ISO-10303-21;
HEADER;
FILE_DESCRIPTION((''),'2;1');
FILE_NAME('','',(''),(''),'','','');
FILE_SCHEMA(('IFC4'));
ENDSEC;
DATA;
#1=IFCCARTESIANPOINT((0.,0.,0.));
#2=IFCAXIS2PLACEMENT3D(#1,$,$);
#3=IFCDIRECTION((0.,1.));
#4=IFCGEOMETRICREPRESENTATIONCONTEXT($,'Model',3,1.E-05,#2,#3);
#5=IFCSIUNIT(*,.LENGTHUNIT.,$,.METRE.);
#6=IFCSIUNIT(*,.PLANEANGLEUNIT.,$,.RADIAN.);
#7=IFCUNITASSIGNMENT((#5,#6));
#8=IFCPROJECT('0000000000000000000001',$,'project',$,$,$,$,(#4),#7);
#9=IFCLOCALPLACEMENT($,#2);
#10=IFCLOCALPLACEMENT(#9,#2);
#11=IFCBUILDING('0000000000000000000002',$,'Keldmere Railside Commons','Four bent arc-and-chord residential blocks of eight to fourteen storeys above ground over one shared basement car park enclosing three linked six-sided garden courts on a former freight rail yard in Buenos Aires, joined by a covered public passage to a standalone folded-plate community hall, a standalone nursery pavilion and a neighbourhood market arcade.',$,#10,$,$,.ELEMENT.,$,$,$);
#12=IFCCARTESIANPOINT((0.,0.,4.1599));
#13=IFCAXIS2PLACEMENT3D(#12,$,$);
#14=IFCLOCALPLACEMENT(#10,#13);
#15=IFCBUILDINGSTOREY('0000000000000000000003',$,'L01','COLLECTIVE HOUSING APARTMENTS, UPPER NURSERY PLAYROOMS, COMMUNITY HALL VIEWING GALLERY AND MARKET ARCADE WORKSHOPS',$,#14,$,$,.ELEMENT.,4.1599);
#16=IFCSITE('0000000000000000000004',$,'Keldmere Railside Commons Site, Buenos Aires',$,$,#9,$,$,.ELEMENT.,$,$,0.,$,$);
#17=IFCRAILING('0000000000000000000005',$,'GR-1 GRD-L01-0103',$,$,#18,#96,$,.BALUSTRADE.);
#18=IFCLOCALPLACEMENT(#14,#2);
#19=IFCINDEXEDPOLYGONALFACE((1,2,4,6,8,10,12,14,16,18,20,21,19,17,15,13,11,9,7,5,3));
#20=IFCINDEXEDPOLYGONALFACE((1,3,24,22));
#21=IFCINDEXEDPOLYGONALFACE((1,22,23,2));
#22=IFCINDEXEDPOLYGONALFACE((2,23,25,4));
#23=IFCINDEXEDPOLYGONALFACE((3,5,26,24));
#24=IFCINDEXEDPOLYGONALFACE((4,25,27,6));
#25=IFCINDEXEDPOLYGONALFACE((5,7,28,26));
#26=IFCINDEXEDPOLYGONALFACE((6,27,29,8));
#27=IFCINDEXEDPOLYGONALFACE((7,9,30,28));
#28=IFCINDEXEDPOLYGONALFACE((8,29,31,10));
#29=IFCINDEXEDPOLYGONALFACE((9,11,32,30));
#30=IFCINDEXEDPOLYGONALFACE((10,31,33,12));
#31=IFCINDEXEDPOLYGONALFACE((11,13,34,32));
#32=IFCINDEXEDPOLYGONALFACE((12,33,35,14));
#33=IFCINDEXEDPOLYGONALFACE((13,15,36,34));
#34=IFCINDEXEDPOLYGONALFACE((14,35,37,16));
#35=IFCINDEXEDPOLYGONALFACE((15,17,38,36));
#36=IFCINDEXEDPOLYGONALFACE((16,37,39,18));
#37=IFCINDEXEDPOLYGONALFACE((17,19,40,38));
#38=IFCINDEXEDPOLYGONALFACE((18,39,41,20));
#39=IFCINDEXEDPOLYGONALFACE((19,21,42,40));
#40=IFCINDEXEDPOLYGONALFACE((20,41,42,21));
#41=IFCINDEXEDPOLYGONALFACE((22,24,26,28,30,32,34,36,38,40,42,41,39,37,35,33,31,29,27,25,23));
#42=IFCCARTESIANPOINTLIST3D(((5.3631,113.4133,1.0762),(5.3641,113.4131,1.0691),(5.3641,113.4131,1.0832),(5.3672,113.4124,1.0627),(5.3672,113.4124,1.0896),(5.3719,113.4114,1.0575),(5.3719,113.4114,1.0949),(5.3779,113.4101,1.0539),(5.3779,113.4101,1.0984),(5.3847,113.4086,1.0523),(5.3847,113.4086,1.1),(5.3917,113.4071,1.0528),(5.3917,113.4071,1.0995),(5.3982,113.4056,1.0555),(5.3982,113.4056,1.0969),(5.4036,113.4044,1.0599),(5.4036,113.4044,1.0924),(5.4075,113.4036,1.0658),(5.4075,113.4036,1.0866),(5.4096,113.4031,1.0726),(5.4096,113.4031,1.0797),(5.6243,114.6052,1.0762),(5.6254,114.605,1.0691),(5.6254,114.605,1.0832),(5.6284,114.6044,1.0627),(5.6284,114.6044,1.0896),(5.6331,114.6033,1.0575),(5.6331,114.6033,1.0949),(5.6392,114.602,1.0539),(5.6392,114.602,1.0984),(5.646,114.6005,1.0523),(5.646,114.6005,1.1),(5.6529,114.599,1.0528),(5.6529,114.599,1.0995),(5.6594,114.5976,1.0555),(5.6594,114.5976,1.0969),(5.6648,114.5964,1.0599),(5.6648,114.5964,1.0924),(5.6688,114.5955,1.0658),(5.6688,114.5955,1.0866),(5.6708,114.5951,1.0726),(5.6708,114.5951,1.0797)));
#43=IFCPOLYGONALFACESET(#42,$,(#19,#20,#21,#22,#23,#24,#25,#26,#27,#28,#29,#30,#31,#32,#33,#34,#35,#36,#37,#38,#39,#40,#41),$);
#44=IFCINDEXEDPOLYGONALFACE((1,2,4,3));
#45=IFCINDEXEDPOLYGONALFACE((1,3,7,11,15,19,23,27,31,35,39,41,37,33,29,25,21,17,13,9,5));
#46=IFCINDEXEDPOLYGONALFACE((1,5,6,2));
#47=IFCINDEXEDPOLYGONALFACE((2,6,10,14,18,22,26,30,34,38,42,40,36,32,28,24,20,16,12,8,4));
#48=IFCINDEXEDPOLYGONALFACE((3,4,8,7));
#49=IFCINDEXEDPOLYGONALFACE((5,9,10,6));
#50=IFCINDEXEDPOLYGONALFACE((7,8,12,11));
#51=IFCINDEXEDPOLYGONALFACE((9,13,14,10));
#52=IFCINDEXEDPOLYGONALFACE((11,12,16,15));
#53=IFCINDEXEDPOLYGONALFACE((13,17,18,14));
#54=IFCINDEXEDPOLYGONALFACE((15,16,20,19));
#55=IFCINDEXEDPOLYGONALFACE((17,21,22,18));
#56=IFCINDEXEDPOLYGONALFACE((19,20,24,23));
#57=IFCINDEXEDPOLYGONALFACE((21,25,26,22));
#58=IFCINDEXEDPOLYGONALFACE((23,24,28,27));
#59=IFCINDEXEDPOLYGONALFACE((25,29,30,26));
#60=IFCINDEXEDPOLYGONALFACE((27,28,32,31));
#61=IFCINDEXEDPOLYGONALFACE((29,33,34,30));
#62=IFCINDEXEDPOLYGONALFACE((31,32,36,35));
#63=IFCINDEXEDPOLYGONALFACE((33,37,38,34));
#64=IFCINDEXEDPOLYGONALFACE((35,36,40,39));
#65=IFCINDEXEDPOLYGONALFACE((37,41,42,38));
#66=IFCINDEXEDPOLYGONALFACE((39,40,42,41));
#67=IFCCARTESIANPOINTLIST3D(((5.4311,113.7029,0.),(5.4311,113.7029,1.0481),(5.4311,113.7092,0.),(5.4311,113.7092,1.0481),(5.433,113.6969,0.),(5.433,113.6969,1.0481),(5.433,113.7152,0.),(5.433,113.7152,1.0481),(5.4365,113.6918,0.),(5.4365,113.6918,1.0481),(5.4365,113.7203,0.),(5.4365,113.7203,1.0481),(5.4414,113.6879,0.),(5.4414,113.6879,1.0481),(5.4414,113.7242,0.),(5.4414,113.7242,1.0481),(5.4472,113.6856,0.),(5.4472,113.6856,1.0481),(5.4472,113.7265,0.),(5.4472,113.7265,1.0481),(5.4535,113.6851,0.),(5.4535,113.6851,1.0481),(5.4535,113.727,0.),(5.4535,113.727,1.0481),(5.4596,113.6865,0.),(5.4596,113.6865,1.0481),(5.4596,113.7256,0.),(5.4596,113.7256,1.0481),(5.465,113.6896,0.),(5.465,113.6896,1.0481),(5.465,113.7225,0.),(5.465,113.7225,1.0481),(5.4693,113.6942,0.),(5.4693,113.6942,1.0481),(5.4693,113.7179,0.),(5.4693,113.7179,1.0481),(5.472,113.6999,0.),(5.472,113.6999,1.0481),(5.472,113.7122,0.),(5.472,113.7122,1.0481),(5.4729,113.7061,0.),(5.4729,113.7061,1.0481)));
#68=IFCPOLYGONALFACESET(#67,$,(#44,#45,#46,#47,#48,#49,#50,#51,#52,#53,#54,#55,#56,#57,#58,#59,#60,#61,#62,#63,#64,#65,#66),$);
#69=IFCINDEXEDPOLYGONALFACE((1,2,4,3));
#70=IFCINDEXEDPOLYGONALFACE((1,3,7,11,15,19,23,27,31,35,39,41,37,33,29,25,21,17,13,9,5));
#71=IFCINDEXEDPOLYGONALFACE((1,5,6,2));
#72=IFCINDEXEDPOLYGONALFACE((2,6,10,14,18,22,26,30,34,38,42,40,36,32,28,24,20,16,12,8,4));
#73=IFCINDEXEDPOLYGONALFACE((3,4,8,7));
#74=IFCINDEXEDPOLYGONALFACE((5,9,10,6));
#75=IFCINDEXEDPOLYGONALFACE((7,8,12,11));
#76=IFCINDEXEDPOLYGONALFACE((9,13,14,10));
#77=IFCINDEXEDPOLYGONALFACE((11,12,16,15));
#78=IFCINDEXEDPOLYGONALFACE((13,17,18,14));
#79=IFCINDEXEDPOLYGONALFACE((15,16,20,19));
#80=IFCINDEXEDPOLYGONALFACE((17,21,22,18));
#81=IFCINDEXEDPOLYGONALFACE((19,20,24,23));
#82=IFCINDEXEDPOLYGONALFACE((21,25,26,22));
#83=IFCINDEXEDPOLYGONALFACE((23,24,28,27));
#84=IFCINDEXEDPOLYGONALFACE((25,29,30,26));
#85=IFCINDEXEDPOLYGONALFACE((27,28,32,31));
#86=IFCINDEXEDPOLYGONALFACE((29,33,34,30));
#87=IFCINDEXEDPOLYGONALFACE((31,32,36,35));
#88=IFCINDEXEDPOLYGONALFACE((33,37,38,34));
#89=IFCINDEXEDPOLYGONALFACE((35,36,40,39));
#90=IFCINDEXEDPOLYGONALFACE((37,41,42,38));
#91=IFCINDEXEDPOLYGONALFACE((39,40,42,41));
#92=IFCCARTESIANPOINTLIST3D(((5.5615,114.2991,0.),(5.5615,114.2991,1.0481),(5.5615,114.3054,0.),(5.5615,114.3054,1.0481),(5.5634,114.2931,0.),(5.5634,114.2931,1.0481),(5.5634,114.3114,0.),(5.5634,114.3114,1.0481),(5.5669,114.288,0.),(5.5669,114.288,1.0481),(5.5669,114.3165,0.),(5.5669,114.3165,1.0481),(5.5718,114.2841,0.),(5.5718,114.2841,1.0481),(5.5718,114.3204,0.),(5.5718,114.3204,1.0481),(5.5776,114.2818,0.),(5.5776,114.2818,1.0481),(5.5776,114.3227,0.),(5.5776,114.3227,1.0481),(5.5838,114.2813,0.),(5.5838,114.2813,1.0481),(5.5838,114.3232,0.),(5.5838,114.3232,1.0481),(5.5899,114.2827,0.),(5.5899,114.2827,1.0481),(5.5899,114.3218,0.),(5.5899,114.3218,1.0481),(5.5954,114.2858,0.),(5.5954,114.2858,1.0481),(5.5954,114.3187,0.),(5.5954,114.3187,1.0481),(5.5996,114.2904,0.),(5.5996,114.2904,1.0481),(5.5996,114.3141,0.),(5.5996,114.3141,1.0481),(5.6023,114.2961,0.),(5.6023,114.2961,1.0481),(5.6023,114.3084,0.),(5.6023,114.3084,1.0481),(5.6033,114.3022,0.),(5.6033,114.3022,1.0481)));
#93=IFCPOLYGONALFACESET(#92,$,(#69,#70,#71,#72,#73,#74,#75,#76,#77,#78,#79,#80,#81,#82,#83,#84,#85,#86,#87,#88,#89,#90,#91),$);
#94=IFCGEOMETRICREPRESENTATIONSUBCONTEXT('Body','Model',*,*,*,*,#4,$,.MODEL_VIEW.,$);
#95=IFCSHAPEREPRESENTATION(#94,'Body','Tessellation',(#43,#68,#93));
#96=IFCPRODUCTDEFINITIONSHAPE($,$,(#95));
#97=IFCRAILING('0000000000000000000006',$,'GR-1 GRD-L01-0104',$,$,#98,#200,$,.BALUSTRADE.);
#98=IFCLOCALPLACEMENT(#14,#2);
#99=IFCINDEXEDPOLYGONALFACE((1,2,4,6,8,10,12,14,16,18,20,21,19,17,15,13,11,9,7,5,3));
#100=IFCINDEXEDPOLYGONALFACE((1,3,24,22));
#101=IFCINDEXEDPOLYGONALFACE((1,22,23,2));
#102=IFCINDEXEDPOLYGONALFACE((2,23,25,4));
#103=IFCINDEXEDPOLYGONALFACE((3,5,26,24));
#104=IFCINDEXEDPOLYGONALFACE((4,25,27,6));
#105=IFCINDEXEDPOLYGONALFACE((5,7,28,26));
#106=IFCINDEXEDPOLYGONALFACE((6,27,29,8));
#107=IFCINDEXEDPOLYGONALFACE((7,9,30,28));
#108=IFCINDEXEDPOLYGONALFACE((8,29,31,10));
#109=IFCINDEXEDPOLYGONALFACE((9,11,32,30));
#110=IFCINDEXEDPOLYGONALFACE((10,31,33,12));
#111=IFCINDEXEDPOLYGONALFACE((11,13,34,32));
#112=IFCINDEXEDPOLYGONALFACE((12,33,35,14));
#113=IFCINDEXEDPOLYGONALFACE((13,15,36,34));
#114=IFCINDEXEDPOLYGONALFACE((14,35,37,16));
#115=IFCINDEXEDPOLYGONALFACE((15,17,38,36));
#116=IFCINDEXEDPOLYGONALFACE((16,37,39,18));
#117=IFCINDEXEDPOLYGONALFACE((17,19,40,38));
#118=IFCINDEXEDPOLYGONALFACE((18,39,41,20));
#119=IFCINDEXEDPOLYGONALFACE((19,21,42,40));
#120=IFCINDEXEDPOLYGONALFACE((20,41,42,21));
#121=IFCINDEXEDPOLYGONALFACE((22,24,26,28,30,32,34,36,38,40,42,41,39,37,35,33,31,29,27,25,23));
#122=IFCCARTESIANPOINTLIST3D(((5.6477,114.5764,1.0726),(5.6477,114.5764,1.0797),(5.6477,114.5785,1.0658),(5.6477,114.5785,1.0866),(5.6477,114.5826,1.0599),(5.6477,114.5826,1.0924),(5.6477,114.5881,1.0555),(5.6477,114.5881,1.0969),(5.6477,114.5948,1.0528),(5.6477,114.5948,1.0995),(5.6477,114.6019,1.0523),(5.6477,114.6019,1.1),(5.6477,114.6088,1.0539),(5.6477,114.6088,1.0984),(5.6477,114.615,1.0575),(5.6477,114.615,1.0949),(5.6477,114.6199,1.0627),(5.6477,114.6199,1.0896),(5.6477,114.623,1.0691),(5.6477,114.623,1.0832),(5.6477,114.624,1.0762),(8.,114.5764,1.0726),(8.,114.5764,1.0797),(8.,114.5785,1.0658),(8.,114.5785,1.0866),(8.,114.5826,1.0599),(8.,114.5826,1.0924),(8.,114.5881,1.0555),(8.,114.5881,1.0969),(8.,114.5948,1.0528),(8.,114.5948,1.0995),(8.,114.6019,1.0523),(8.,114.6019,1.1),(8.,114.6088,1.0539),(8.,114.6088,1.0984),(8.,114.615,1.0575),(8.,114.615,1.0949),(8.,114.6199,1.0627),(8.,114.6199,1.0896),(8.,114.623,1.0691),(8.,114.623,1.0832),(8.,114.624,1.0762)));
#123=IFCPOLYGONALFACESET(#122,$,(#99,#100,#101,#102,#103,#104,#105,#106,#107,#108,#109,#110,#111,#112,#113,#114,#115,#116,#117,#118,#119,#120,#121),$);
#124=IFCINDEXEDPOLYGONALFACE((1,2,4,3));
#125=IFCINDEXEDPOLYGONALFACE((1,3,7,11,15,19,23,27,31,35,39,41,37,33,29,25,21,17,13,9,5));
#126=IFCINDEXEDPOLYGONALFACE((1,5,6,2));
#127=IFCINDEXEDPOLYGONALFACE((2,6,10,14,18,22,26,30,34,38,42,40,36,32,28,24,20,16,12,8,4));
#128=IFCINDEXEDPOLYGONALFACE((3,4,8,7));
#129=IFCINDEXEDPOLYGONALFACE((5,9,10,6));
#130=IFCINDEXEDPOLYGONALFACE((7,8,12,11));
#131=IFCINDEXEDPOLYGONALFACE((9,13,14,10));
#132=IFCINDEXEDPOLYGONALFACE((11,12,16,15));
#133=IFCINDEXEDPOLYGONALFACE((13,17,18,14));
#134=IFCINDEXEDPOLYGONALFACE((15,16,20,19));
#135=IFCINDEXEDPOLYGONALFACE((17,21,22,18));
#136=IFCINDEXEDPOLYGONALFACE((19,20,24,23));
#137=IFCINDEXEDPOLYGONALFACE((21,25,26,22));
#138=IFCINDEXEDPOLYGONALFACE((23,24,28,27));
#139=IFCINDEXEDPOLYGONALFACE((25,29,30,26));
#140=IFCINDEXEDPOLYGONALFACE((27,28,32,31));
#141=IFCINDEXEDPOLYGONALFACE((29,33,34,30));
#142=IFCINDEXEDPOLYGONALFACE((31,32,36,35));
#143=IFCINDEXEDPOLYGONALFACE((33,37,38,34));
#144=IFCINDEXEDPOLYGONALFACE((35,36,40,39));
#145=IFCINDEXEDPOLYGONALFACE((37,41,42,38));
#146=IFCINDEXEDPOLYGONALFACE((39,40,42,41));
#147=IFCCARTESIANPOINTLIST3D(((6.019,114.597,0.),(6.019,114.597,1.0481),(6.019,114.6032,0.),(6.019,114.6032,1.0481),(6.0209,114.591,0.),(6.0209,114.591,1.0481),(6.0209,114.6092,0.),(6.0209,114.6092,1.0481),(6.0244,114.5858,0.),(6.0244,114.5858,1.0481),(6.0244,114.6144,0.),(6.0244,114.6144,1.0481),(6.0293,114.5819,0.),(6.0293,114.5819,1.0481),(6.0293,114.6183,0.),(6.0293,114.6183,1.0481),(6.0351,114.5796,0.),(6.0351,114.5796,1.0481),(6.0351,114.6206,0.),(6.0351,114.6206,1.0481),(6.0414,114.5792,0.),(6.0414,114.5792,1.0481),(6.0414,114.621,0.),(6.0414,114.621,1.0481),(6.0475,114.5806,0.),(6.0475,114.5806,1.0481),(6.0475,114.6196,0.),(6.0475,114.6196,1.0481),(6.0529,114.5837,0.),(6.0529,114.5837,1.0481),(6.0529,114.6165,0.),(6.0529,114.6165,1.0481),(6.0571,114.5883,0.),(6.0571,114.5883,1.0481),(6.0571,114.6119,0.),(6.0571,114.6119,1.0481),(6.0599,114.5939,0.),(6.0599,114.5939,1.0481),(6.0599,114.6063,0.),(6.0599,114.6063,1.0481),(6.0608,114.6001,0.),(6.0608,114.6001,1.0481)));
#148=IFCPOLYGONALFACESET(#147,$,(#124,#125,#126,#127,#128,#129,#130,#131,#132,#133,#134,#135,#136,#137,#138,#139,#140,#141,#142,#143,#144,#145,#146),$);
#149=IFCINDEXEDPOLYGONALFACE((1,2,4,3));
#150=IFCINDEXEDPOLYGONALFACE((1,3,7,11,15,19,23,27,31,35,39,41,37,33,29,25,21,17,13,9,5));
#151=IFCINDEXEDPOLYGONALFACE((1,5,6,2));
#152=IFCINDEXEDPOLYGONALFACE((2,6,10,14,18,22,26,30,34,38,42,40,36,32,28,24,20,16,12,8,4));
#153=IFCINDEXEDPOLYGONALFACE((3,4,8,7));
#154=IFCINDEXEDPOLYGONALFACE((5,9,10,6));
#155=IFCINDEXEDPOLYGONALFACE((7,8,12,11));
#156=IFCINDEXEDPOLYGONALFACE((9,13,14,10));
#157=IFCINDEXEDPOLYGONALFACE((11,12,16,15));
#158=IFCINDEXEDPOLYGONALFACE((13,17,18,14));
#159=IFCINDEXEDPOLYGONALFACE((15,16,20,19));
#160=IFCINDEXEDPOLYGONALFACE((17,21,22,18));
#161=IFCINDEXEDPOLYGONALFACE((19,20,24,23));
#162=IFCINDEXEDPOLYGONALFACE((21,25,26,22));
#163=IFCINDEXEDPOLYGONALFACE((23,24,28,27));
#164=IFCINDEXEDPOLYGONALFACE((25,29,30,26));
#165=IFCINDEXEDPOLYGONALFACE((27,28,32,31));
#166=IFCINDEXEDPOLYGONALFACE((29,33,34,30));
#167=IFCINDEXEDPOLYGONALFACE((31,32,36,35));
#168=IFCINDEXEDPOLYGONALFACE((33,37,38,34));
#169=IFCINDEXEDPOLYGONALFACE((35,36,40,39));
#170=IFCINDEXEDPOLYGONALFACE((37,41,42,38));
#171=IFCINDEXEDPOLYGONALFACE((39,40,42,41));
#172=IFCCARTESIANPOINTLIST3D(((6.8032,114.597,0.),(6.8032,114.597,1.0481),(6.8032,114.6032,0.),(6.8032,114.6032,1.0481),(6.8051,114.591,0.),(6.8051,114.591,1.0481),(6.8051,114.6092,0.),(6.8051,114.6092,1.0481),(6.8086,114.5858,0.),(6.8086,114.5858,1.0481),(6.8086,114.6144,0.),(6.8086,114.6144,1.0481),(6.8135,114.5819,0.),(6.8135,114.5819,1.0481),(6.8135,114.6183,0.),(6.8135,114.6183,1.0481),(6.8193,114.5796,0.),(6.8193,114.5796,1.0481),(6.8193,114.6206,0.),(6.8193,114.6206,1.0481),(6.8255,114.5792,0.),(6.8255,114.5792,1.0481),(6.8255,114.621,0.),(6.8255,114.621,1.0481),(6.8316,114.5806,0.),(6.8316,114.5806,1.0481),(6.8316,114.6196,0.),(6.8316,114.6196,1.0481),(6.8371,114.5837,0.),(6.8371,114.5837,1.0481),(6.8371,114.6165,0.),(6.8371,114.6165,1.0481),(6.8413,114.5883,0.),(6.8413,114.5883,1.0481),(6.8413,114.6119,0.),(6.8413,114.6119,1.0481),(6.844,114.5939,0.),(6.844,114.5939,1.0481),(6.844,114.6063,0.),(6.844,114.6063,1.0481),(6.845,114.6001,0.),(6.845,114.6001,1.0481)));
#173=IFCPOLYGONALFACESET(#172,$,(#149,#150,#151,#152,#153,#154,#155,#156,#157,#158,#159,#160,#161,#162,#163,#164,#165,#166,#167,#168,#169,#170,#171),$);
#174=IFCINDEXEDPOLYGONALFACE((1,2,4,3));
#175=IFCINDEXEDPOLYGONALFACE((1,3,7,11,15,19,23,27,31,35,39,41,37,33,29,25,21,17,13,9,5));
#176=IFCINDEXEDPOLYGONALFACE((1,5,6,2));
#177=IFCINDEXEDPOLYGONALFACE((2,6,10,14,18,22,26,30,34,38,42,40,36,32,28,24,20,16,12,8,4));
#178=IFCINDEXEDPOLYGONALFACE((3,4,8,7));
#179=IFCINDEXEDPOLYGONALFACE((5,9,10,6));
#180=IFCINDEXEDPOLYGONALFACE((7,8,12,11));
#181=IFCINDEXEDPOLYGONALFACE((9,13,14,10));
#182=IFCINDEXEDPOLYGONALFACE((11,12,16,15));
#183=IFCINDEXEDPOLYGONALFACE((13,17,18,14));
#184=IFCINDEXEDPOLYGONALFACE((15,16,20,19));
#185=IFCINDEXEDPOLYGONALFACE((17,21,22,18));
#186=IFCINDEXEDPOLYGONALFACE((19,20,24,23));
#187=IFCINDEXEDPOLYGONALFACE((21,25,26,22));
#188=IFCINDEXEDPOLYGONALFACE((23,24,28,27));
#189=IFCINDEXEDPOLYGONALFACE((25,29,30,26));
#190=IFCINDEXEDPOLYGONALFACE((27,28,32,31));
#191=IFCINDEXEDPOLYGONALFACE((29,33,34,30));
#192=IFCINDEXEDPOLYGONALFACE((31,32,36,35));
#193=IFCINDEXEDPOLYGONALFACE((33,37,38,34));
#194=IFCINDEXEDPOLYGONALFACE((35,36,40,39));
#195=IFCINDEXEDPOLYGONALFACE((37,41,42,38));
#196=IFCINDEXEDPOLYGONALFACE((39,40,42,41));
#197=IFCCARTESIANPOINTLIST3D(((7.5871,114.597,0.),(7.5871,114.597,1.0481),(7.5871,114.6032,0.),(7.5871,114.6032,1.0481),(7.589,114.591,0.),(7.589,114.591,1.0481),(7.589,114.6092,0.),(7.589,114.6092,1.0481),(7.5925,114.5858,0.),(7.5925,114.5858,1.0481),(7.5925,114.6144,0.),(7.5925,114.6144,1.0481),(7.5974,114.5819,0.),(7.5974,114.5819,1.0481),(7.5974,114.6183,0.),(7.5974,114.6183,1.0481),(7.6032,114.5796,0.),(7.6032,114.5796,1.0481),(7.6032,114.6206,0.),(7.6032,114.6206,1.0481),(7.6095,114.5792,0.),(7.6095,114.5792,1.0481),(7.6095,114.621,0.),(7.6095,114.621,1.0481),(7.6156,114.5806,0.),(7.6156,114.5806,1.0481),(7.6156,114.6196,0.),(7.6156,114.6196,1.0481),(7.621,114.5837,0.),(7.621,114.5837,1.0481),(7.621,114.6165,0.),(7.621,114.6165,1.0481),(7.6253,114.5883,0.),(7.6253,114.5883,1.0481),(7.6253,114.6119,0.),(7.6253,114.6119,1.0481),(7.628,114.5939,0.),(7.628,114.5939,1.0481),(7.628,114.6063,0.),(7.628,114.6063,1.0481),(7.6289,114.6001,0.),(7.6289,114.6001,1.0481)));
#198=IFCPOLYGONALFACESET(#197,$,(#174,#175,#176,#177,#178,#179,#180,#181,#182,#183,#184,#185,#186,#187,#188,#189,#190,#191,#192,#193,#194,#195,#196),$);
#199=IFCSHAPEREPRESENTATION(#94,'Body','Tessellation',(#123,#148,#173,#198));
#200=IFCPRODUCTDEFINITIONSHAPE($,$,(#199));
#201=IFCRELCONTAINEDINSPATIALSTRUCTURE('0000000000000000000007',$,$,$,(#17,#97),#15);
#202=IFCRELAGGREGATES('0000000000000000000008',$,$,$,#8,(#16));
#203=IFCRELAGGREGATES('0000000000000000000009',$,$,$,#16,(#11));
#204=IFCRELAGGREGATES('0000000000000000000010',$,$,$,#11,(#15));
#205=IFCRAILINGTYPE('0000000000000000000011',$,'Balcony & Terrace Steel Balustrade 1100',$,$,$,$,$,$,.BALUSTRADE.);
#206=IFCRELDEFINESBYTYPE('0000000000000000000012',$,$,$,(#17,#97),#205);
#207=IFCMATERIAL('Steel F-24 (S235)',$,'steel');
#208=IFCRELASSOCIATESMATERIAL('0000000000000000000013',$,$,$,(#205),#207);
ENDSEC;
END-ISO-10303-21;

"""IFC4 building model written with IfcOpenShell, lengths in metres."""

from ifc_helpers import new_model, si_unit, direction, frame, origin, origin_2d, place, context, subcontext, project, spatial, circle, extrude, material, type_object, element, save


model = new_model("IFC4")

# Units and contexts
model_context = context("Model", 3, precision=1e-05, world=origin(), true_north=direction((0.0, 1.0)))
body_context = subcontext(model_context, "Body", "Model", "MODEL_VIEW")
ifc_project = project(units=[si_unit("LENGTHUNIT", "METRE"), si_unit("PLANEANGLEUNIT", "RADIAN")], contexts=[model_context])

# Site, building, storey
site_placement = place(None, origin())
site = spatial("IfcSite", under=ifc_project, at=site_placement, Name="Keldmere Railside Commons Site, Buenos Aires", CompositionType="ELEMENT", RefElevation=0.0)
building_placement = place(site_placement, origin())
building = spatial("IfcBuilding", under=site, at=building_placement, Name="Keldmere Railside Commons", Description="Four bent arc-and-chord residential blocks of eight to fourteen storeys above ground over one shared basement car park enclosing three linked six-sided garden courts on a former freight rail yard in Buenos Aires, joined by a covered public passage to a standalone folded-plate community hall, a standalone nursery pavilion and a neighbourhood market arcade.", CompositionType="ELEMENT")
storey_placement = place(building_placement, frame((0.0, 0.0, 4.1599)))
storey = spatial("IfcBuildingStorey", under=building, at=storey_placement, Name="L01", Description="COLLECTIVE HOUSING APARTMENTS, UPPER NURSERY PLAYROOMS, COMMUNITY HALL VIEWING GALLERY AND MARKET ARCADE WORKSHOPS", CompositionType="ELEMENT", Elevation=4.1599)

# Railings
ifc_material_1 = material(Name="Steel F-24 (S235)", Category="steel")
railing_type = type_object("IfcRailingType", Name="Balcony & Terrace Steel Balustrade 1100", PredefinedType="BALUSTRADE", material=ifc_material_1)
railing_1_placement = place(storey_placement, frame((5.3865, 113.4082, 0.0)))
element("IfcRailing", 1, at=railing_1_placement, inside=storey, type_object=railing_type, Name="GR-1 GRD-L01-0103", PredefinedType="BALUSTRADE", context=body_context, shape_type="SweptSolid", body=[
    extrude(circle(Radius=0.0239, at=origin_2d()), frame((0.0, 0.0, 1.0762), z_axis=(0.214091, 0.976814, 0.0), x_axis=(-0.976814, 0.214091, 0.0)), (0.0, 0.0, 1.0), 1.2202),
    extrude(circle(Radius=0.021, at=origin_2d()), frame((0.0654, 0.2979, 0.0)), (0.0, 0.0, 1.0), 1.0481),
    extrude(circle(Radius=0.021, at=origin_2d()), frame((0.1958, 0.894, 0.0)), (0.0, 0.0, 1.0), 1.0481),
])
railing_2_placement = place(storey_placement, frame((5.6477, 114.6001, 0.0)))
element("IfcRailing", 2, at=railing_2_placement, inside=storey, type_object=railing_type, Name="GR-1 GRD-L01-0104", PredefinedType="BALUSTRADE", context=body_context, shape_type="SweptSolid", body=[
    extrude(circle(Radius=0.0239, at=origin_2d()), frame((0.0, 0.0, 1.0762), z_axis=(1.0, 0.0, 0.0), x_axis=(0.0, 1.0, 0.0)), (0.0, 0.0, 1.0), 2.3523),
    extrude(circle(Radius=0.021, at=origin_2d()), frame((0.3921, 0.0, 0.0)), (0.0, 0.0, 1.0), 1.0481),
    extrude(circle(Radius=0.021, at=origin_2d()), frame((1.1763, 0.0, 0.0)), (0.0, 0.0, 1.0), 1.0481),
    extrude(circle(Radius=0.021, at=origin_2d()), frame((1.9602, 0.0, 0.0)), (0.0, 0.0, 1.0), 1.0481),
])

save(model, "model.ifc")
